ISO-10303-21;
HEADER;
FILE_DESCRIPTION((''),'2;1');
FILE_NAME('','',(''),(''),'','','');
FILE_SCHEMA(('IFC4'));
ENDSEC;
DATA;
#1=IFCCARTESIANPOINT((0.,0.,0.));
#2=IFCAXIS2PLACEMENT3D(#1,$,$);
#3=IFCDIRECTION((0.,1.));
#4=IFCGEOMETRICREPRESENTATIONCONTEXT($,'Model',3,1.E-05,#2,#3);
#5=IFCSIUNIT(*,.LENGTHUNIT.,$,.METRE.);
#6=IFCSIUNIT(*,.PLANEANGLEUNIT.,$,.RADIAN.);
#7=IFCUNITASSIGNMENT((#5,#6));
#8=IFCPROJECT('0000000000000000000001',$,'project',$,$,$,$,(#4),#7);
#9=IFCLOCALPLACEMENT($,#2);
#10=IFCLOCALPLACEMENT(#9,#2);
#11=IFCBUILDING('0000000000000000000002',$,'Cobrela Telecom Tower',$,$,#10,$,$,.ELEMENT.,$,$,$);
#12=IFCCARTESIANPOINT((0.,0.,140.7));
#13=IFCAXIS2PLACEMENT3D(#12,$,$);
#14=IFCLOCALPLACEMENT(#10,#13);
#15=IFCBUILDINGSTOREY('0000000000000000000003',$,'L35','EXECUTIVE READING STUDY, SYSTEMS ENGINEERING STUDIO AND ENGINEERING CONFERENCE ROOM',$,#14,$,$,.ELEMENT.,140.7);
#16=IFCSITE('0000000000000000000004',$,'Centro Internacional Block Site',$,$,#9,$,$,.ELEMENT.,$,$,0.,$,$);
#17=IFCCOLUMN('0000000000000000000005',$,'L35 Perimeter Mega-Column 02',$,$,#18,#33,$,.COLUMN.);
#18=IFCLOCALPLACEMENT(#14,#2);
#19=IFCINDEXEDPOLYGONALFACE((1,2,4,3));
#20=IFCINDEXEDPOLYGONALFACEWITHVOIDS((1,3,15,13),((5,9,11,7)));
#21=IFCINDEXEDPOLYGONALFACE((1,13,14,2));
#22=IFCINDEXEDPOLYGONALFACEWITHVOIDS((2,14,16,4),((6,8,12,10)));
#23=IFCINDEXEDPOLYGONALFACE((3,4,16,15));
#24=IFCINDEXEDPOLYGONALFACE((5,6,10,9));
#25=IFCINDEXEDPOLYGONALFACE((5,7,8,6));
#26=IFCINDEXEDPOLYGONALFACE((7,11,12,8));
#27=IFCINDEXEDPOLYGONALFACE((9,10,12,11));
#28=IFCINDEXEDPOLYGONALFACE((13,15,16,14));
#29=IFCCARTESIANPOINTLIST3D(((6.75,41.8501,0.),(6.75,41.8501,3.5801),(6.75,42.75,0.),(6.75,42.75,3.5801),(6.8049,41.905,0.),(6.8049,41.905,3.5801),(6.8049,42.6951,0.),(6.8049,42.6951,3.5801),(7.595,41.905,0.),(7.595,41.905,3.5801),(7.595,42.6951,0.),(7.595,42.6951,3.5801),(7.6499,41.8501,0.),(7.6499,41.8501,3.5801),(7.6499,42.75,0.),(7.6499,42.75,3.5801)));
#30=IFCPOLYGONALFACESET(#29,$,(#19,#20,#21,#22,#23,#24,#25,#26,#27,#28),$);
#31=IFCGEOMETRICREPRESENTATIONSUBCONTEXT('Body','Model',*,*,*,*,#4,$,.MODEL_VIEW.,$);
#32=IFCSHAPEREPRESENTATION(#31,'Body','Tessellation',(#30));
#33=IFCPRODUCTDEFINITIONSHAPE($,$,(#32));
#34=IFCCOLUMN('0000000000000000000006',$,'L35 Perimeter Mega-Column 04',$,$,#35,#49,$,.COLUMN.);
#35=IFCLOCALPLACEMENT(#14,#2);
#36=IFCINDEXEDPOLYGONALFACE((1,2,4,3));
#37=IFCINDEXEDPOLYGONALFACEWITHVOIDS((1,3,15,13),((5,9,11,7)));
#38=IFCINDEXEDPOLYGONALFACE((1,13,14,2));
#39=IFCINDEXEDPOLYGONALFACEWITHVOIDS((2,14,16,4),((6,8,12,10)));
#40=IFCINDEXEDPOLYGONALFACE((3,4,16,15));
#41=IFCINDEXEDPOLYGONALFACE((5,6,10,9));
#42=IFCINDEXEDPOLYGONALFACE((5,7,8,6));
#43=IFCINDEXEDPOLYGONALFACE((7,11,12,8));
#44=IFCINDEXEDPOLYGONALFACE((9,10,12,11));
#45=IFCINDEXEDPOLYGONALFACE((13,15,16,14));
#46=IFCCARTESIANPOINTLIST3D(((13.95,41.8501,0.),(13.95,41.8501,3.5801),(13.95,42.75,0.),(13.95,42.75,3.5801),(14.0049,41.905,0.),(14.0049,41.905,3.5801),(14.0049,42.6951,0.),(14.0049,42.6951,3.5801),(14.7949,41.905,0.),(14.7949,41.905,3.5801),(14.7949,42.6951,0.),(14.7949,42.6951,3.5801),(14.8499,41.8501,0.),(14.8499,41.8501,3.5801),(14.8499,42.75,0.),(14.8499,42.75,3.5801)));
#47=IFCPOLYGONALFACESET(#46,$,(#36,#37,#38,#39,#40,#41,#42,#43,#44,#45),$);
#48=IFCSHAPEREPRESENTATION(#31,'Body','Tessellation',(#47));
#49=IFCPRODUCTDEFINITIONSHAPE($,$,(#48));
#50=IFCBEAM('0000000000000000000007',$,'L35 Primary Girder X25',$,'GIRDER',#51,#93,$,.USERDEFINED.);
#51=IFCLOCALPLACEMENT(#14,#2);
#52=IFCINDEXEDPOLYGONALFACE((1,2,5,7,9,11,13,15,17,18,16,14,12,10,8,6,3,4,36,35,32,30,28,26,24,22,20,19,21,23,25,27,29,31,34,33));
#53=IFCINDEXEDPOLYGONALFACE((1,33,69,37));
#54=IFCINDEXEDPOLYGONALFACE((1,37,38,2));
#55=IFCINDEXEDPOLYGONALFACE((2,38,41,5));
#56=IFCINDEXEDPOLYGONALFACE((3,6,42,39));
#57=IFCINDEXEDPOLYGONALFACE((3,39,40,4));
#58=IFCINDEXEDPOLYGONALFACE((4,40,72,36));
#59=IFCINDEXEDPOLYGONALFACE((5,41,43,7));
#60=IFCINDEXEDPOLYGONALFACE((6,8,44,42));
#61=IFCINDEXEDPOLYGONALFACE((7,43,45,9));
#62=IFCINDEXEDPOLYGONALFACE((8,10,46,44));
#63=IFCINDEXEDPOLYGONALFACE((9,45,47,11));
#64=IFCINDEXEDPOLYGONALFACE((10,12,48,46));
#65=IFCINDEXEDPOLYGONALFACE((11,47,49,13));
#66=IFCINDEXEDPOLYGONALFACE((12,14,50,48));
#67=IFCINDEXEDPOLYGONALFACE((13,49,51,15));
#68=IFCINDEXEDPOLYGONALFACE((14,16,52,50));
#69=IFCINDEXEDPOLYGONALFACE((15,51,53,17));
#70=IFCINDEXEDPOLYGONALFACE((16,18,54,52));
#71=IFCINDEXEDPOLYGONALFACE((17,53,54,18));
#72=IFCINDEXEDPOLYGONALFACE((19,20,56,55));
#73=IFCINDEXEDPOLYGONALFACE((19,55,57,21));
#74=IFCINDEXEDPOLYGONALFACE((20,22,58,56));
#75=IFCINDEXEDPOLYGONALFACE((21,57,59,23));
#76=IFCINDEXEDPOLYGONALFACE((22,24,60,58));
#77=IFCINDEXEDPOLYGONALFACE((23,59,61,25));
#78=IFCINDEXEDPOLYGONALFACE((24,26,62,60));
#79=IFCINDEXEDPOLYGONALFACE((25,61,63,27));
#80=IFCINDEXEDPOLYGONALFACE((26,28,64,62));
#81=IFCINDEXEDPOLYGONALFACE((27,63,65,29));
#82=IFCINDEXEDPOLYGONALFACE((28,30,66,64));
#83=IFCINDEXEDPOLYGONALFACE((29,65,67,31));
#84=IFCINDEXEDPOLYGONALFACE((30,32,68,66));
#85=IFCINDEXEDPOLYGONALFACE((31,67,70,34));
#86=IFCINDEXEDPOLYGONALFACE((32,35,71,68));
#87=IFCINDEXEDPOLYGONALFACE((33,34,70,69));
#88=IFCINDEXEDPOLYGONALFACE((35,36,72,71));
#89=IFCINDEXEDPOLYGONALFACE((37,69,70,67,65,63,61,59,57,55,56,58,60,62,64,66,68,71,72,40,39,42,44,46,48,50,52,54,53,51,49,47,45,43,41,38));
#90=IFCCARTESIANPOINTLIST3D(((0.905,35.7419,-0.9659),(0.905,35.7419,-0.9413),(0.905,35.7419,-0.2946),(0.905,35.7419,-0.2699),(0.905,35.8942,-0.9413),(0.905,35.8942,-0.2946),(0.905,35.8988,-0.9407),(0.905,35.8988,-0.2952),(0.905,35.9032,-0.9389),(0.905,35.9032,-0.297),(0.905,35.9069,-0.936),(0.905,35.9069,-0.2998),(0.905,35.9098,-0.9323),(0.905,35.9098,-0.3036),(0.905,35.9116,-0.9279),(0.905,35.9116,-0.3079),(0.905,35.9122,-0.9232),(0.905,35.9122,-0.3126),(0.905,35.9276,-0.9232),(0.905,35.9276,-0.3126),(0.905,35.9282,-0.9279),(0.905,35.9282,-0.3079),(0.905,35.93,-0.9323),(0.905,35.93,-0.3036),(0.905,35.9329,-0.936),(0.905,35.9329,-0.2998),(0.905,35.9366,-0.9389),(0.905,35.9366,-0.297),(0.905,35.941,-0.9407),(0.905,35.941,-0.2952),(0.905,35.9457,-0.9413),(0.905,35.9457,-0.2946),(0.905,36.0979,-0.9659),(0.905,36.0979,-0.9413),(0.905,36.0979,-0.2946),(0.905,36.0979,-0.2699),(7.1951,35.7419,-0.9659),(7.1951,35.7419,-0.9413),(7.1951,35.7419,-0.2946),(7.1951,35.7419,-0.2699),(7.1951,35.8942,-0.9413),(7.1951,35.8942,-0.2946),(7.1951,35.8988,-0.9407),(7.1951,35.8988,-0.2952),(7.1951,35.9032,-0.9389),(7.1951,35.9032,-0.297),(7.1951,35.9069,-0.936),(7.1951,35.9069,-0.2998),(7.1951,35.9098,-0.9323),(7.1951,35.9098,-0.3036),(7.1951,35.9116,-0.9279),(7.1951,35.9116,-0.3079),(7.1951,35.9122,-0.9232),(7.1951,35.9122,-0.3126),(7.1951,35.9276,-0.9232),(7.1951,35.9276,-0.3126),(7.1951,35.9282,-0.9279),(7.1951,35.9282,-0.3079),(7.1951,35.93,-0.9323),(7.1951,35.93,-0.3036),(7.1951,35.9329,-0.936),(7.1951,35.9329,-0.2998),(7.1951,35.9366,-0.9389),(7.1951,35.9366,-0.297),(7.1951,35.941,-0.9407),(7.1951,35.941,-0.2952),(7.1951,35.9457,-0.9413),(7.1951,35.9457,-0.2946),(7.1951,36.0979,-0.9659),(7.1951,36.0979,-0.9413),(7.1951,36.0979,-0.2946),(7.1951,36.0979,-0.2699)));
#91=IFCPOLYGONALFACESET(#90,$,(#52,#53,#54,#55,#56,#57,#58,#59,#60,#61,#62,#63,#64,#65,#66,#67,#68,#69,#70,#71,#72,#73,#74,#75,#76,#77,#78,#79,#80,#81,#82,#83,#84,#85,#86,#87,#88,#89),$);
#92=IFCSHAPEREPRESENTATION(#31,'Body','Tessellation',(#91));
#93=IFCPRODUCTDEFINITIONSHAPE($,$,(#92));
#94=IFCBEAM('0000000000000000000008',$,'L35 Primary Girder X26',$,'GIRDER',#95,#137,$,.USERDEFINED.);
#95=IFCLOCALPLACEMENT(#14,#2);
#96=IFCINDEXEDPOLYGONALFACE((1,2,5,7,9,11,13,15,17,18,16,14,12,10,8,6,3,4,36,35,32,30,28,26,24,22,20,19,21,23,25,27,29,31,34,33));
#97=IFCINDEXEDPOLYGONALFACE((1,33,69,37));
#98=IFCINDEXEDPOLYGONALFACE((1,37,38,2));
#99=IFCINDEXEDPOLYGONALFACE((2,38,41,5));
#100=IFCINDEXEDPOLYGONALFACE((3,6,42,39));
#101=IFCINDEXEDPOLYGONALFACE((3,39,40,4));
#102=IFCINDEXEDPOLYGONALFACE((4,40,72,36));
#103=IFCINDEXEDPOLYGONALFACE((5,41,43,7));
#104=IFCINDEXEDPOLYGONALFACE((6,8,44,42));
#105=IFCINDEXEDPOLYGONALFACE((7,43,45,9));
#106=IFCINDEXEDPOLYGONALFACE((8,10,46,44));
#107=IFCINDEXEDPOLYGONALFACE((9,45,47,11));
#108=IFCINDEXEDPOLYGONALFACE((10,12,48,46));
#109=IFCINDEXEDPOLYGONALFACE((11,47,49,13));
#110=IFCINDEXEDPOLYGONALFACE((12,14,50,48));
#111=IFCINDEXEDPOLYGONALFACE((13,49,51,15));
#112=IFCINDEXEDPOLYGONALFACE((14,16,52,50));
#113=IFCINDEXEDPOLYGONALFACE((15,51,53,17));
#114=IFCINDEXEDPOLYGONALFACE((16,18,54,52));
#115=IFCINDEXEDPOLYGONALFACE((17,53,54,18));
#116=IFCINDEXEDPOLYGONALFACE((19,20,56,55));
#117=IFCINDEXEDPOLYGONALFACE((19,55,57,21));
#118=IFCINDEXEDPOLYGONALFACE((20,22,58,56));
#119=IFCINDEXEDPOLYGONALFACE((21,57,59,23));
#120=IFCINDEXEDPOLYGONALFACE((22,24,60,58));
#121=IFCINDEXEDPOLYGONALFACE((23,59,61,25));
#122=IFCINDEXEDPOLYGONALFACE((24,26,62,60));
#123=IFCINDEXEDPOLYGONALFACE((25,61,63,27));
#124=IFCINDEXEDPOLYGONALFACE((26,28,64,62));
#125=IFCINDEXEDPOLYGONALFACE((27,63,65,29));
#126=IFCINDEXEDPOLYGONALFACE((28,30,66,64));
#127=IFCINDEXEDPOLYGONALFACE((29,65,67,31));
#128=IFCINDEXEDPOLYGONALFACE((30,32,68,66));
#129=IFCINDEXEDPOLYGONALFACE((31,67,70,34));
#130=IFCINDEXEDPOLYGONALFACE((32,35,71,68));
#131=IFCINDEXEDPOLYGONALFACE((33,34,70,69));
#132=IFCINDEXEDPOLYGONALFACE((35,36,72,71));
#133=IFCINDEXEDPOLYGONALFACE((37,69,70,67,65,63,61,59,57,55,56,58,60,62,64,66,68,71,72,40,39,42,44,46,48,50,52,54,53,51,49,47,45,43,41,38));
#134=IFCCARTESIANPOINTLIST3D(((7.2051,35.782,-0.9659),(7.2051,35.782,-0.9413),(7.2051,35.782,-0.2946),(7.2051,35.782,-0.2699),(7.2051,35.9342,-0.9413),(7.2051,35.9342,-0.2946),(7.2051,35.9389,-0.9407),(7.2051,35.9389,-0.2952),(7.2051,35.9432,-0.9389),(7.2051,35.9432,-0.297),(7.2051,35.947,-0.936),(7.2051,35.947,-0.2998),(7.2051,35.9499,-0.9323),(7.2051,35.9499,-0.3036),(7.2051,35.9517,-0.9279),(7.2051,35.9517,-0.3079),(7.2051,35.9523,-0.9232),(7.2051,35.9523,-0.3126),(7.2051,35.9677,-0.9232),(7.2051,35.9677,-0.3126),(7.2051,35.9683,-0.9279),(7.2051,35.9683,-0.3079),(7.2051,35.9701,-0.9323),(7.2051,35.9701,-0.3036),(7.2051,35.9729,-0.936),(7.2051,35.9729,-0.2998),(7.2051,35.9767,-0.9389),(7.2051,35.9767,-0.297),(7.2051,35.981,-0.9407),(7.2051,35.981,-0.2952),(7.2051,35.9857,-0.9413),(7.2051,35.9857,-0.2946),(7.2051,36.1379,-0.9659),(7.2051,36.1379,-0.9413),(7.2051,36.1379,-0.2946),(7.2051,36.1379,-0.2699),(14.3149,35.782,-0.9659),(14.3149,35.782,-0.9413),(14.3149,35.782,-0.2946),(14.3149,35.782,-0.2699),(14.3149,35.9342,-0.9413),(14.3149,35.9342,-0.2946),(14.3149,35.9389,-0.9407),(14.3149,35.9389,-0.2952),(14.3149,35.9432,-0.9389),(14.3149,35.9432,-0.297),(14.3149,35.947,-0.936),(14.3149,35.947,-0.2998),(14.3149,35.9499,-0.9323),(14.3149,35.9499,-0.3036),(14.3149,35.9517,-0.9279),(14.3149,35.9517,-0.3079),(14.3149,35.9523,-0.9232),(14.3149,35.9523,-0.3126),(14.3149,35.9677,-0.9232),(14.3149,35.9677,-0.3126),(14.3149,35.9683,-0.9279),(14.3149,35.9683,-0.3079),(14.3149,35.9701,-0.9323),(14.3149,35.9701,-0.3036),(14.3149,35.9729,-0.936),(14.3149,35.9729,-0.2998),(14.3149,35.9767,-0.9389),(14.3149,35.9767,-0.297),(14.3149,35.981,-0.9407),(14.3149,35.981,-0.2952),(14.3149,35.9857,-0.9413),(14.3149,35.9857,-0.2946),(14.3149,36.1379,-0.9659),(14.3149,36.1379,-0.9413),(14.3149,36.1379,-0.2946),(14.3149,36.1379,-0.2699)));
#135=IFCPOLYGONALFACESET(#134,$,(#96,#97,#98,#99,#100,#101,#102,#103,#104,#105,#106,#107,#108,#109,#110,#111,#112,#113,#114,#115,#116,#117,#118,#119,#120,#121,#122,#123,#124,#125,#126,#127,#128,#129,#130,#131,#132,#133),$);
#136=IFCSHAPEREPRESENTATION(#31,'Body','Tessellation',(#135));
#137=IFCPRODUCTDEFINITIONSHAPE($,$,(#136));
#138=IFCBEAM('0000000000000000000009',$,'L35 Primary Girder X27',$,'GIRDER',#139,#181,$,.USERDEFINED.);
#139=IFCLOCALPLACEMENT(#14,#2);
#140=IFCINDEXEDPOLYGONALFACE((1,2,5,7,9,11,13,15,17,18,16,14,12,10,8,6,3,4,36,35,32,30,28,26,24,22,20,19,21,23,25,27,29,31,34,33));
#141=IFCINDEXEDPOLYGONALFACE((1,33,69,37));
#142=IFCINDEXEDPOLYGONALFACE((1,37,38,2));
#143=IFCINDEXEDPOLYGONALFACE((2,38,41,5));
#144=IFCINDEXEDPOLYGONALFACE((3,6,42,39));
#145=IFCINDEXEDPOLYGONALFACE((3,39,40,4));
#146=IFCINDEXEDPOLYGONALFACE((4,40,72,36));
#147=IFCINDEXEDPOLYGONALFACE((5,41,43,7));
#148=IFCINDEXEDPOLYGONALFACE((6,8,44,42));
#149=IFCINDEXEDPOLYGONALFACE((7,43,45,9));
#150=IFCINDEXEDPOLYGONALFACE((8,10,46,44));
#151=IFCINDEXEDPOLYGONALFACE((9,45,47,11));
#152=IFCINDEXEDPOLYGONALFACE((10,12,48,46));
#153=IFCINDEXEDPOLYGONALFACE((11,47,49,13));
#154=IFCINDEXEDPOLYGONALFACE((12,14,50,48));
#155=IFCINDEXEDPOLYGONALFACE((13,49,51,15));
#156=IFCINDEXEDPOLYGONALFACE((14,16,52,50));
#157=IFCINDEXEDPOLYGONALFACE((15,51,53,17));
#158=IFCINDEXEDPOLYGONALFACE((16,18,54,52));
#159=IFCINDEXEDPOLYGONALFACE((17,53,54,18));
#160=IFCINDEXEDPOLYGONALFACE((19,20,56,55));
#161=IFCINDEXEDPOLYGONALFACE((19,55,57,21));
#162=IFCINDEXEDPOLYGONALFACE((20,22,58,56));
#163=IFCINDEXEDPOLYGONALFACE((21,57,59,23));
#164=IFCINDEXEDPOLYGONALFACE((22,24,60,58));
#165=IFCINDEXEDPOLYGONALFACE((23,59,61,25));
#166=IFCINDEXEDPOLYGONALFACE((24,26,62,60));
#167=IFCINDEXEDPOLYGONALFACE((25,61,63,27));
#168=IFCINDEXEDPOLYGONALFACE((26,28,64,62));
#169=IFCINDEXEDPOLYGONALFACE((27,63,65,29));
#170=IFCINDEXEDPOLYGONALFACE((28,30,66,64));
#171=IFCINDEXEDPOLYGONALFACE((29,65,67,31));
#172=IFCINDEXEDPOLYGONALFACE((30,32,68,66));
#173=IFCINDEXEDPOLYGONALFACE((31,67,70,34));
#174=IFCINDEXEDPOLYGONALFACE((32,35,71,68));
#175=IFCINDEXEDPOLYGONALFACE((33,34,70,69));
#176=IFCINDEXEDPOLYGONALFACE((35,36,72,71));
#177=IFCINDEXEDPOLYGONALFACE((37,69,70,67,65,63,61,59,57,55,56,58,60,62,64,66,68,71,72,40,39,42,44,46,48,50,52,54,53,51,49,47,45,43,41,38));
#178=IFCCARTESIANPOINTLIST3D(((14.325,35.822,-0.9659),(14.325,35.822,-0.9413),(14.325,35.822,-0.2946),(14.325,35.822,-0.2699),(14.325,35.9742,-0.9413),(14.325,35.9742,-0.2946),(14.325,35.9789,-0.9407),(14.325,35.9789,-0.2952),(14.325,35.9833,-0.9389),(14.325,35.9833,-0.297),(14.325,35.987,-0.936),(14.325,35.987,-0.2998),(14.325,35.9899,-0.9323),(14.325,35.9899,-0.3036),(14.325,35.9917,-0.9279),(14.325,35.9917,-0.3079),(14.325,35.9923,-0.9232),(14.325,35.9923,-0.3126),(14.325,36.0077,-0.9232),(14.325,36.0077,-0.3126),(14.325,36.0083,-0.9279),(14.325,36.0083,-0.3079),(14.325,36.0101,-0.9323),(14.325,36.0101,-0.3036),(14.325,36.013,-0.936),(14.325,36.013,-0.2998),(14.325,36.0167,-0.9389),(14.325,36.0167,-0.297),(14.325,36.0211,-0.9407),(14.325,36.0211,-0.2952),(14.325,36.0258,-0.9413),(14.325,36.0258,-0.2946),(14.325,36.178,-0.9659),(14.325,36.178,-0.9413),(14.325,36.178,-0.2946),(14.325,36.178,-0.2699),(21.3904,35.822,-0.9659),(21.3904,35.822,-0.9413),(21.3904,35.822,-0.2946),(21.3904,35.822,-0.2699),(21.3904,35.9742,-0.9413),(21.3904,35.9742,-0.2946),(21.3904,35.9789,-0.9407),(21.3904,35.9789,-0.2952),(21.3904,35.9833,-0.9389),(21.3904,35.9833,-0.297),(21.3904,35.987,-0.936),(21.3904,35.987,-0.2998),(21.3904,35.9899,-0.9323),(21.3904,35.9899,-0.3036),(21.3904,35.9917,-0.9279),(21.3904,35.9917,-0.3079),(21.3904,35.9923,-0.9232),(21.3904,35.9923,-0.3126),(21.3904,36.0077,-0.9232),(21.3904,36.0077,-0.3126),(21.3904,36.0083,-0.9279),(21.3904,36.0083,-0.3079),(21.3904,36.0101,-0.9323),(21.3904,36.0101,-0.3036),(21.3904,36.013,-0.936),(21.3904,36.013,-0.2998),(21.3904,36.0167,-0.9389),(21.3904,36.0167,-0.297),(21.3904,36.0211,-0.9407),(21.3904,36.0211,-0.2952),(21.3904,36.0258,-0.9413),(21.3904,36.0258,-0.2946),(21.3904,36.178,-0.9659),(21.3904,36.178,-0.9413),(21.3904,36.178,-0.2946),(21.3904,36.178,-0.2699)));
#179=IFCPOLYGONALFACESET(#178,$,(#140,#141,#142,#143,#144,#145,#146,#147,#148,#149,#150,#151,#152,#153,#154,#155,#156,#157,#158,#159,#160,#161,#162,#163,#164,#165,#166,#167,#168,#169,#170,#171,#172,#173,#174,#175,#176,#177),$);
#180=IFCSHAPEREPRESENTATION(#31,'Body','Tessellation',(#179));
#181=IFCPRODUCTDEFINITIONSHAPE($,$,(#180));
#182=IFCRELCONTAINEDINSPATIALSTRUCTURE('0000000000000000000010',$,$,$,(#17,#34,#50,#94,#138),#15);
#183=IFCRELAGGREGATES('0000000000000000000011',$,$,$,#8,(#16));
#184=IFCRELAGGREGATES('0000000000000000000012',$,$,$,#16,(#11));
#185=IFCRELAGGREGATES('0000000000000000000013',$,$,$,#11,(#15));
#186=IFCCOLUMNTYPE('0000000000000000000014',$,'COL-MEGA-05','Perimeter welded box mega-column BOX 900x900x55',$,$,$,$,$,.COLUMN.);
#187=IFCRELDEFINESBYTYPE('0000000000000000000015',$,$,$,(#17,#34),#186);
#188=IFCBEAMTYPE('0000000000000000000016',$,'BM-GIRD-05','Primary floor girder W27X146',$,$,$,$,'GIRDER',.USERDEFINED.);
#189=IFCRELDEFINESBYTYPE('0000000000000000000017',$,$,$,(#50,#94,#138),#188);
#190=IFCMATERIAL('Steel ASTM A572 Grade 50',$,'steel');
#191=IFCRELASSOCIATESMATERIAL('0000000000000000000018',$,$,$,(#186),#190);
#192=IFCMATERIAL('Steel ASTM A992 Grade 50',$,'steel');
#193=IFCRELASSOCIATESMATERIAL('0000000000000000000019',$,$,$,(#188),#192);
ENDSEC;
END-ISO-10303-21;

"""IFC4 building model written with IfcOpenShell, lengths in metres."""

from ifc_helpers import new_model, si_unit, direction, frame, origin, origin_2d, place, context, subcontext, project, spatial, hollow_rectangle, i_section, extrude, material, material_profile, profile_set, type_object, element, save


model = new_model("IFC4")

# Units and contexts
model_context = context("Model", 3, precision=1e-05, world=origin(), true_north=direction((0.0, 1.0)))
body_context = subcontext(model_context, "Body", "Model", "MODEL_VIEW")
ifc_project = project(units=[si_unit("LENGTHUNIT", "METRE"), si_unit("PLANEANGLEUNIT", "RADIAN")], contexts=[model_context])

# Site, building, storey
site_placement = place(None, origin())
site = spatial("IfcSite", under=ifc_project, at=site_placement, Name="Centro Internacional Block Site", CompositionType="ELEMENT", RefElevation=0.0)
building_placement = place(site_placement, origin())
building = spatial("IfcBuilding", under=site, at=building_placement, Name="Cobrela Telecom Tower", CompositionType="ELEMENT")
storey_placement = place(building_placement, frame((0.0, 0.0, 140.7)))
storey = spatial("IfcBuildingStorey", under=building, at=storey_placement, Name="L35", Description="EXECUTIVE READING STUDY, SYSTEMS ENGINEERING STUDIO AND ENGINEERING CONFERENCE ROOM", CompositionType="ELEMENT", Elevation=140.7)

# Columns
ifc_material_1 = material(Name="Steel ASTM A572 Grade 50", Category="steel")
ifc_material_profile_1 = material_profile(ifc_material_1, hollow_rectangle(XDim=0.8999, YDim=0.8999, WallThickness=0.0549, at=origin_2d()), Name="BOX 900x900x55")
ifc_profile_set_1 = profile_set([ifc_material_profile_1], Name="Steel ASTM A572 Grade 50")
column_type = type_object("IfcColumnType", Name="COL-MEGA-05", Description="Perimeter welded box mega-column BOX 900x900x55", PredefinedType="COLUMN", material=ifc_profile_set_1)
for number, where, z_axis, x_axis, name in (
    (1, (7.2, 42.3, 0.0), (0.0, 0.0, 1.0), (1.0, 0.0, 0.0), "L35 Perimeter Mega-Column 02"),
    (2, (14.3999, 42.3, 0.0), (0.0, 0.0, 1.0), (1.0, 0.0, 0.0), "L35 Perimeter Mega-Column 04"),
):
    element("IfcColumn", number, at=place(storey_placement, frame(where, z_axis=z_axis, x_axis=x_axis)), inside=storey, type_object=column_type, Name=name, PredefinedType="COLUMN", context=body_context, shape_type="SweptSolid", body=[
        extrude(hollow_rectangle(XDim=0.8999, YDim=0.8999, WallThickness=0.0549, at=origin_2d()), origin(), (0.0, 0.0, 1.0), 3.5801),
    ])

# Beams
ifc_material_2 = material(Name="Steel ASTM A992 Grade 50", Category="steel")
ifc_material_profile_2 = material_profile(ifc_material_2, i_section(OverallWidth=0.356, OverallDepth=0.696, WebThickness=0.0154, FlangeThickness=0.0247, FilletRadius=0.0181, at=origin_2d()), Name="W27X146")
ifc_profile_set_2 = profile_set([ifc_material_profile_2], Name="Steel ASTM A992 Grade 50")
beam_type_1 = type_object("IfcBeamType", Name="BM-GIRD-05", Description="Primary floor girder W27X146", ElementType="GIRDER", PredefinedType="USERDEFINED", material=ifc_profile_set_2)
beam_1_placement = place(storey_placement, frame((0.905, 35.9199, -0.6179), z_axis=(1.0, 0.0, 0.0), x_axis=(0.0, 1.0, 0.0)))
element("IfcBeam", 3, at=beam_1_placement, inside=storey, type_object=beam_type_1, Name="L35 Primary Girder X25", ObjectType="GIRDER", PredefinedType="USERDEFINED", context=body_context, shape_type="SweptSolid", body=[
    extrude(i_section(OverallWidth=0.356, OverallDepth=0.696, WebThickness=0.0154, FlangeThickness=0.0247, FilletRadius=0.0181, at=origin_2d()), origin(), (0.0, 0.0, 1.0), 6.29),
])
beam_2_placement = place(storey_placement, frame((7.2051, 35.96, -0.6179), z_axis=(1.0, 0.0, 0.0), x_axis=(0.0, 1.0, 0.0)))
element("IfcBeam", 4, at=beam_2_placement, inside=storey, type_object=beam_type_1, Name="L35 Primary Girder X26", ObjectType="GIRDER", PredefinedType="USERDEFINED", context=body_context, shape_type="SweptSolid", body=[
    extrude(i_section(OverallWidth=0.356, OverallDepth=0.696, WebThickness=0.0154, FlangeThickness=0.0247, FilletRadius=0.0181, at=origin_2d()), origin(), (0.0, 0.0, 1.0), 7.1099),
])
beam_3_placement = place(storey_placement, frame((14.325, 36.0, -0.6179), z_axis=(1.0, 0.0, 0.0), x_axis=(0.0, 1.0, 0.0)))
element("IfcBeam", 5, at=beam_3_placement, inside=storey, type_object=beam_type_1, Name="L35 Primary Girder X27", ObjectType="GIRDER", PredefinedType="USERDEFINED", context=body_context, shape_type="SweptSolid", body=[
    extrude(i_section(OverallWidth=0.356, OverallDepth=0.696, WebThickness=0.0154, FlangeThickness=0.0247, FilletRadius=0.0181, at=origin_2d()), origin(), (0.0, 0.0, 1.0), 7.0654),
])

save(model, "model.ifc")
